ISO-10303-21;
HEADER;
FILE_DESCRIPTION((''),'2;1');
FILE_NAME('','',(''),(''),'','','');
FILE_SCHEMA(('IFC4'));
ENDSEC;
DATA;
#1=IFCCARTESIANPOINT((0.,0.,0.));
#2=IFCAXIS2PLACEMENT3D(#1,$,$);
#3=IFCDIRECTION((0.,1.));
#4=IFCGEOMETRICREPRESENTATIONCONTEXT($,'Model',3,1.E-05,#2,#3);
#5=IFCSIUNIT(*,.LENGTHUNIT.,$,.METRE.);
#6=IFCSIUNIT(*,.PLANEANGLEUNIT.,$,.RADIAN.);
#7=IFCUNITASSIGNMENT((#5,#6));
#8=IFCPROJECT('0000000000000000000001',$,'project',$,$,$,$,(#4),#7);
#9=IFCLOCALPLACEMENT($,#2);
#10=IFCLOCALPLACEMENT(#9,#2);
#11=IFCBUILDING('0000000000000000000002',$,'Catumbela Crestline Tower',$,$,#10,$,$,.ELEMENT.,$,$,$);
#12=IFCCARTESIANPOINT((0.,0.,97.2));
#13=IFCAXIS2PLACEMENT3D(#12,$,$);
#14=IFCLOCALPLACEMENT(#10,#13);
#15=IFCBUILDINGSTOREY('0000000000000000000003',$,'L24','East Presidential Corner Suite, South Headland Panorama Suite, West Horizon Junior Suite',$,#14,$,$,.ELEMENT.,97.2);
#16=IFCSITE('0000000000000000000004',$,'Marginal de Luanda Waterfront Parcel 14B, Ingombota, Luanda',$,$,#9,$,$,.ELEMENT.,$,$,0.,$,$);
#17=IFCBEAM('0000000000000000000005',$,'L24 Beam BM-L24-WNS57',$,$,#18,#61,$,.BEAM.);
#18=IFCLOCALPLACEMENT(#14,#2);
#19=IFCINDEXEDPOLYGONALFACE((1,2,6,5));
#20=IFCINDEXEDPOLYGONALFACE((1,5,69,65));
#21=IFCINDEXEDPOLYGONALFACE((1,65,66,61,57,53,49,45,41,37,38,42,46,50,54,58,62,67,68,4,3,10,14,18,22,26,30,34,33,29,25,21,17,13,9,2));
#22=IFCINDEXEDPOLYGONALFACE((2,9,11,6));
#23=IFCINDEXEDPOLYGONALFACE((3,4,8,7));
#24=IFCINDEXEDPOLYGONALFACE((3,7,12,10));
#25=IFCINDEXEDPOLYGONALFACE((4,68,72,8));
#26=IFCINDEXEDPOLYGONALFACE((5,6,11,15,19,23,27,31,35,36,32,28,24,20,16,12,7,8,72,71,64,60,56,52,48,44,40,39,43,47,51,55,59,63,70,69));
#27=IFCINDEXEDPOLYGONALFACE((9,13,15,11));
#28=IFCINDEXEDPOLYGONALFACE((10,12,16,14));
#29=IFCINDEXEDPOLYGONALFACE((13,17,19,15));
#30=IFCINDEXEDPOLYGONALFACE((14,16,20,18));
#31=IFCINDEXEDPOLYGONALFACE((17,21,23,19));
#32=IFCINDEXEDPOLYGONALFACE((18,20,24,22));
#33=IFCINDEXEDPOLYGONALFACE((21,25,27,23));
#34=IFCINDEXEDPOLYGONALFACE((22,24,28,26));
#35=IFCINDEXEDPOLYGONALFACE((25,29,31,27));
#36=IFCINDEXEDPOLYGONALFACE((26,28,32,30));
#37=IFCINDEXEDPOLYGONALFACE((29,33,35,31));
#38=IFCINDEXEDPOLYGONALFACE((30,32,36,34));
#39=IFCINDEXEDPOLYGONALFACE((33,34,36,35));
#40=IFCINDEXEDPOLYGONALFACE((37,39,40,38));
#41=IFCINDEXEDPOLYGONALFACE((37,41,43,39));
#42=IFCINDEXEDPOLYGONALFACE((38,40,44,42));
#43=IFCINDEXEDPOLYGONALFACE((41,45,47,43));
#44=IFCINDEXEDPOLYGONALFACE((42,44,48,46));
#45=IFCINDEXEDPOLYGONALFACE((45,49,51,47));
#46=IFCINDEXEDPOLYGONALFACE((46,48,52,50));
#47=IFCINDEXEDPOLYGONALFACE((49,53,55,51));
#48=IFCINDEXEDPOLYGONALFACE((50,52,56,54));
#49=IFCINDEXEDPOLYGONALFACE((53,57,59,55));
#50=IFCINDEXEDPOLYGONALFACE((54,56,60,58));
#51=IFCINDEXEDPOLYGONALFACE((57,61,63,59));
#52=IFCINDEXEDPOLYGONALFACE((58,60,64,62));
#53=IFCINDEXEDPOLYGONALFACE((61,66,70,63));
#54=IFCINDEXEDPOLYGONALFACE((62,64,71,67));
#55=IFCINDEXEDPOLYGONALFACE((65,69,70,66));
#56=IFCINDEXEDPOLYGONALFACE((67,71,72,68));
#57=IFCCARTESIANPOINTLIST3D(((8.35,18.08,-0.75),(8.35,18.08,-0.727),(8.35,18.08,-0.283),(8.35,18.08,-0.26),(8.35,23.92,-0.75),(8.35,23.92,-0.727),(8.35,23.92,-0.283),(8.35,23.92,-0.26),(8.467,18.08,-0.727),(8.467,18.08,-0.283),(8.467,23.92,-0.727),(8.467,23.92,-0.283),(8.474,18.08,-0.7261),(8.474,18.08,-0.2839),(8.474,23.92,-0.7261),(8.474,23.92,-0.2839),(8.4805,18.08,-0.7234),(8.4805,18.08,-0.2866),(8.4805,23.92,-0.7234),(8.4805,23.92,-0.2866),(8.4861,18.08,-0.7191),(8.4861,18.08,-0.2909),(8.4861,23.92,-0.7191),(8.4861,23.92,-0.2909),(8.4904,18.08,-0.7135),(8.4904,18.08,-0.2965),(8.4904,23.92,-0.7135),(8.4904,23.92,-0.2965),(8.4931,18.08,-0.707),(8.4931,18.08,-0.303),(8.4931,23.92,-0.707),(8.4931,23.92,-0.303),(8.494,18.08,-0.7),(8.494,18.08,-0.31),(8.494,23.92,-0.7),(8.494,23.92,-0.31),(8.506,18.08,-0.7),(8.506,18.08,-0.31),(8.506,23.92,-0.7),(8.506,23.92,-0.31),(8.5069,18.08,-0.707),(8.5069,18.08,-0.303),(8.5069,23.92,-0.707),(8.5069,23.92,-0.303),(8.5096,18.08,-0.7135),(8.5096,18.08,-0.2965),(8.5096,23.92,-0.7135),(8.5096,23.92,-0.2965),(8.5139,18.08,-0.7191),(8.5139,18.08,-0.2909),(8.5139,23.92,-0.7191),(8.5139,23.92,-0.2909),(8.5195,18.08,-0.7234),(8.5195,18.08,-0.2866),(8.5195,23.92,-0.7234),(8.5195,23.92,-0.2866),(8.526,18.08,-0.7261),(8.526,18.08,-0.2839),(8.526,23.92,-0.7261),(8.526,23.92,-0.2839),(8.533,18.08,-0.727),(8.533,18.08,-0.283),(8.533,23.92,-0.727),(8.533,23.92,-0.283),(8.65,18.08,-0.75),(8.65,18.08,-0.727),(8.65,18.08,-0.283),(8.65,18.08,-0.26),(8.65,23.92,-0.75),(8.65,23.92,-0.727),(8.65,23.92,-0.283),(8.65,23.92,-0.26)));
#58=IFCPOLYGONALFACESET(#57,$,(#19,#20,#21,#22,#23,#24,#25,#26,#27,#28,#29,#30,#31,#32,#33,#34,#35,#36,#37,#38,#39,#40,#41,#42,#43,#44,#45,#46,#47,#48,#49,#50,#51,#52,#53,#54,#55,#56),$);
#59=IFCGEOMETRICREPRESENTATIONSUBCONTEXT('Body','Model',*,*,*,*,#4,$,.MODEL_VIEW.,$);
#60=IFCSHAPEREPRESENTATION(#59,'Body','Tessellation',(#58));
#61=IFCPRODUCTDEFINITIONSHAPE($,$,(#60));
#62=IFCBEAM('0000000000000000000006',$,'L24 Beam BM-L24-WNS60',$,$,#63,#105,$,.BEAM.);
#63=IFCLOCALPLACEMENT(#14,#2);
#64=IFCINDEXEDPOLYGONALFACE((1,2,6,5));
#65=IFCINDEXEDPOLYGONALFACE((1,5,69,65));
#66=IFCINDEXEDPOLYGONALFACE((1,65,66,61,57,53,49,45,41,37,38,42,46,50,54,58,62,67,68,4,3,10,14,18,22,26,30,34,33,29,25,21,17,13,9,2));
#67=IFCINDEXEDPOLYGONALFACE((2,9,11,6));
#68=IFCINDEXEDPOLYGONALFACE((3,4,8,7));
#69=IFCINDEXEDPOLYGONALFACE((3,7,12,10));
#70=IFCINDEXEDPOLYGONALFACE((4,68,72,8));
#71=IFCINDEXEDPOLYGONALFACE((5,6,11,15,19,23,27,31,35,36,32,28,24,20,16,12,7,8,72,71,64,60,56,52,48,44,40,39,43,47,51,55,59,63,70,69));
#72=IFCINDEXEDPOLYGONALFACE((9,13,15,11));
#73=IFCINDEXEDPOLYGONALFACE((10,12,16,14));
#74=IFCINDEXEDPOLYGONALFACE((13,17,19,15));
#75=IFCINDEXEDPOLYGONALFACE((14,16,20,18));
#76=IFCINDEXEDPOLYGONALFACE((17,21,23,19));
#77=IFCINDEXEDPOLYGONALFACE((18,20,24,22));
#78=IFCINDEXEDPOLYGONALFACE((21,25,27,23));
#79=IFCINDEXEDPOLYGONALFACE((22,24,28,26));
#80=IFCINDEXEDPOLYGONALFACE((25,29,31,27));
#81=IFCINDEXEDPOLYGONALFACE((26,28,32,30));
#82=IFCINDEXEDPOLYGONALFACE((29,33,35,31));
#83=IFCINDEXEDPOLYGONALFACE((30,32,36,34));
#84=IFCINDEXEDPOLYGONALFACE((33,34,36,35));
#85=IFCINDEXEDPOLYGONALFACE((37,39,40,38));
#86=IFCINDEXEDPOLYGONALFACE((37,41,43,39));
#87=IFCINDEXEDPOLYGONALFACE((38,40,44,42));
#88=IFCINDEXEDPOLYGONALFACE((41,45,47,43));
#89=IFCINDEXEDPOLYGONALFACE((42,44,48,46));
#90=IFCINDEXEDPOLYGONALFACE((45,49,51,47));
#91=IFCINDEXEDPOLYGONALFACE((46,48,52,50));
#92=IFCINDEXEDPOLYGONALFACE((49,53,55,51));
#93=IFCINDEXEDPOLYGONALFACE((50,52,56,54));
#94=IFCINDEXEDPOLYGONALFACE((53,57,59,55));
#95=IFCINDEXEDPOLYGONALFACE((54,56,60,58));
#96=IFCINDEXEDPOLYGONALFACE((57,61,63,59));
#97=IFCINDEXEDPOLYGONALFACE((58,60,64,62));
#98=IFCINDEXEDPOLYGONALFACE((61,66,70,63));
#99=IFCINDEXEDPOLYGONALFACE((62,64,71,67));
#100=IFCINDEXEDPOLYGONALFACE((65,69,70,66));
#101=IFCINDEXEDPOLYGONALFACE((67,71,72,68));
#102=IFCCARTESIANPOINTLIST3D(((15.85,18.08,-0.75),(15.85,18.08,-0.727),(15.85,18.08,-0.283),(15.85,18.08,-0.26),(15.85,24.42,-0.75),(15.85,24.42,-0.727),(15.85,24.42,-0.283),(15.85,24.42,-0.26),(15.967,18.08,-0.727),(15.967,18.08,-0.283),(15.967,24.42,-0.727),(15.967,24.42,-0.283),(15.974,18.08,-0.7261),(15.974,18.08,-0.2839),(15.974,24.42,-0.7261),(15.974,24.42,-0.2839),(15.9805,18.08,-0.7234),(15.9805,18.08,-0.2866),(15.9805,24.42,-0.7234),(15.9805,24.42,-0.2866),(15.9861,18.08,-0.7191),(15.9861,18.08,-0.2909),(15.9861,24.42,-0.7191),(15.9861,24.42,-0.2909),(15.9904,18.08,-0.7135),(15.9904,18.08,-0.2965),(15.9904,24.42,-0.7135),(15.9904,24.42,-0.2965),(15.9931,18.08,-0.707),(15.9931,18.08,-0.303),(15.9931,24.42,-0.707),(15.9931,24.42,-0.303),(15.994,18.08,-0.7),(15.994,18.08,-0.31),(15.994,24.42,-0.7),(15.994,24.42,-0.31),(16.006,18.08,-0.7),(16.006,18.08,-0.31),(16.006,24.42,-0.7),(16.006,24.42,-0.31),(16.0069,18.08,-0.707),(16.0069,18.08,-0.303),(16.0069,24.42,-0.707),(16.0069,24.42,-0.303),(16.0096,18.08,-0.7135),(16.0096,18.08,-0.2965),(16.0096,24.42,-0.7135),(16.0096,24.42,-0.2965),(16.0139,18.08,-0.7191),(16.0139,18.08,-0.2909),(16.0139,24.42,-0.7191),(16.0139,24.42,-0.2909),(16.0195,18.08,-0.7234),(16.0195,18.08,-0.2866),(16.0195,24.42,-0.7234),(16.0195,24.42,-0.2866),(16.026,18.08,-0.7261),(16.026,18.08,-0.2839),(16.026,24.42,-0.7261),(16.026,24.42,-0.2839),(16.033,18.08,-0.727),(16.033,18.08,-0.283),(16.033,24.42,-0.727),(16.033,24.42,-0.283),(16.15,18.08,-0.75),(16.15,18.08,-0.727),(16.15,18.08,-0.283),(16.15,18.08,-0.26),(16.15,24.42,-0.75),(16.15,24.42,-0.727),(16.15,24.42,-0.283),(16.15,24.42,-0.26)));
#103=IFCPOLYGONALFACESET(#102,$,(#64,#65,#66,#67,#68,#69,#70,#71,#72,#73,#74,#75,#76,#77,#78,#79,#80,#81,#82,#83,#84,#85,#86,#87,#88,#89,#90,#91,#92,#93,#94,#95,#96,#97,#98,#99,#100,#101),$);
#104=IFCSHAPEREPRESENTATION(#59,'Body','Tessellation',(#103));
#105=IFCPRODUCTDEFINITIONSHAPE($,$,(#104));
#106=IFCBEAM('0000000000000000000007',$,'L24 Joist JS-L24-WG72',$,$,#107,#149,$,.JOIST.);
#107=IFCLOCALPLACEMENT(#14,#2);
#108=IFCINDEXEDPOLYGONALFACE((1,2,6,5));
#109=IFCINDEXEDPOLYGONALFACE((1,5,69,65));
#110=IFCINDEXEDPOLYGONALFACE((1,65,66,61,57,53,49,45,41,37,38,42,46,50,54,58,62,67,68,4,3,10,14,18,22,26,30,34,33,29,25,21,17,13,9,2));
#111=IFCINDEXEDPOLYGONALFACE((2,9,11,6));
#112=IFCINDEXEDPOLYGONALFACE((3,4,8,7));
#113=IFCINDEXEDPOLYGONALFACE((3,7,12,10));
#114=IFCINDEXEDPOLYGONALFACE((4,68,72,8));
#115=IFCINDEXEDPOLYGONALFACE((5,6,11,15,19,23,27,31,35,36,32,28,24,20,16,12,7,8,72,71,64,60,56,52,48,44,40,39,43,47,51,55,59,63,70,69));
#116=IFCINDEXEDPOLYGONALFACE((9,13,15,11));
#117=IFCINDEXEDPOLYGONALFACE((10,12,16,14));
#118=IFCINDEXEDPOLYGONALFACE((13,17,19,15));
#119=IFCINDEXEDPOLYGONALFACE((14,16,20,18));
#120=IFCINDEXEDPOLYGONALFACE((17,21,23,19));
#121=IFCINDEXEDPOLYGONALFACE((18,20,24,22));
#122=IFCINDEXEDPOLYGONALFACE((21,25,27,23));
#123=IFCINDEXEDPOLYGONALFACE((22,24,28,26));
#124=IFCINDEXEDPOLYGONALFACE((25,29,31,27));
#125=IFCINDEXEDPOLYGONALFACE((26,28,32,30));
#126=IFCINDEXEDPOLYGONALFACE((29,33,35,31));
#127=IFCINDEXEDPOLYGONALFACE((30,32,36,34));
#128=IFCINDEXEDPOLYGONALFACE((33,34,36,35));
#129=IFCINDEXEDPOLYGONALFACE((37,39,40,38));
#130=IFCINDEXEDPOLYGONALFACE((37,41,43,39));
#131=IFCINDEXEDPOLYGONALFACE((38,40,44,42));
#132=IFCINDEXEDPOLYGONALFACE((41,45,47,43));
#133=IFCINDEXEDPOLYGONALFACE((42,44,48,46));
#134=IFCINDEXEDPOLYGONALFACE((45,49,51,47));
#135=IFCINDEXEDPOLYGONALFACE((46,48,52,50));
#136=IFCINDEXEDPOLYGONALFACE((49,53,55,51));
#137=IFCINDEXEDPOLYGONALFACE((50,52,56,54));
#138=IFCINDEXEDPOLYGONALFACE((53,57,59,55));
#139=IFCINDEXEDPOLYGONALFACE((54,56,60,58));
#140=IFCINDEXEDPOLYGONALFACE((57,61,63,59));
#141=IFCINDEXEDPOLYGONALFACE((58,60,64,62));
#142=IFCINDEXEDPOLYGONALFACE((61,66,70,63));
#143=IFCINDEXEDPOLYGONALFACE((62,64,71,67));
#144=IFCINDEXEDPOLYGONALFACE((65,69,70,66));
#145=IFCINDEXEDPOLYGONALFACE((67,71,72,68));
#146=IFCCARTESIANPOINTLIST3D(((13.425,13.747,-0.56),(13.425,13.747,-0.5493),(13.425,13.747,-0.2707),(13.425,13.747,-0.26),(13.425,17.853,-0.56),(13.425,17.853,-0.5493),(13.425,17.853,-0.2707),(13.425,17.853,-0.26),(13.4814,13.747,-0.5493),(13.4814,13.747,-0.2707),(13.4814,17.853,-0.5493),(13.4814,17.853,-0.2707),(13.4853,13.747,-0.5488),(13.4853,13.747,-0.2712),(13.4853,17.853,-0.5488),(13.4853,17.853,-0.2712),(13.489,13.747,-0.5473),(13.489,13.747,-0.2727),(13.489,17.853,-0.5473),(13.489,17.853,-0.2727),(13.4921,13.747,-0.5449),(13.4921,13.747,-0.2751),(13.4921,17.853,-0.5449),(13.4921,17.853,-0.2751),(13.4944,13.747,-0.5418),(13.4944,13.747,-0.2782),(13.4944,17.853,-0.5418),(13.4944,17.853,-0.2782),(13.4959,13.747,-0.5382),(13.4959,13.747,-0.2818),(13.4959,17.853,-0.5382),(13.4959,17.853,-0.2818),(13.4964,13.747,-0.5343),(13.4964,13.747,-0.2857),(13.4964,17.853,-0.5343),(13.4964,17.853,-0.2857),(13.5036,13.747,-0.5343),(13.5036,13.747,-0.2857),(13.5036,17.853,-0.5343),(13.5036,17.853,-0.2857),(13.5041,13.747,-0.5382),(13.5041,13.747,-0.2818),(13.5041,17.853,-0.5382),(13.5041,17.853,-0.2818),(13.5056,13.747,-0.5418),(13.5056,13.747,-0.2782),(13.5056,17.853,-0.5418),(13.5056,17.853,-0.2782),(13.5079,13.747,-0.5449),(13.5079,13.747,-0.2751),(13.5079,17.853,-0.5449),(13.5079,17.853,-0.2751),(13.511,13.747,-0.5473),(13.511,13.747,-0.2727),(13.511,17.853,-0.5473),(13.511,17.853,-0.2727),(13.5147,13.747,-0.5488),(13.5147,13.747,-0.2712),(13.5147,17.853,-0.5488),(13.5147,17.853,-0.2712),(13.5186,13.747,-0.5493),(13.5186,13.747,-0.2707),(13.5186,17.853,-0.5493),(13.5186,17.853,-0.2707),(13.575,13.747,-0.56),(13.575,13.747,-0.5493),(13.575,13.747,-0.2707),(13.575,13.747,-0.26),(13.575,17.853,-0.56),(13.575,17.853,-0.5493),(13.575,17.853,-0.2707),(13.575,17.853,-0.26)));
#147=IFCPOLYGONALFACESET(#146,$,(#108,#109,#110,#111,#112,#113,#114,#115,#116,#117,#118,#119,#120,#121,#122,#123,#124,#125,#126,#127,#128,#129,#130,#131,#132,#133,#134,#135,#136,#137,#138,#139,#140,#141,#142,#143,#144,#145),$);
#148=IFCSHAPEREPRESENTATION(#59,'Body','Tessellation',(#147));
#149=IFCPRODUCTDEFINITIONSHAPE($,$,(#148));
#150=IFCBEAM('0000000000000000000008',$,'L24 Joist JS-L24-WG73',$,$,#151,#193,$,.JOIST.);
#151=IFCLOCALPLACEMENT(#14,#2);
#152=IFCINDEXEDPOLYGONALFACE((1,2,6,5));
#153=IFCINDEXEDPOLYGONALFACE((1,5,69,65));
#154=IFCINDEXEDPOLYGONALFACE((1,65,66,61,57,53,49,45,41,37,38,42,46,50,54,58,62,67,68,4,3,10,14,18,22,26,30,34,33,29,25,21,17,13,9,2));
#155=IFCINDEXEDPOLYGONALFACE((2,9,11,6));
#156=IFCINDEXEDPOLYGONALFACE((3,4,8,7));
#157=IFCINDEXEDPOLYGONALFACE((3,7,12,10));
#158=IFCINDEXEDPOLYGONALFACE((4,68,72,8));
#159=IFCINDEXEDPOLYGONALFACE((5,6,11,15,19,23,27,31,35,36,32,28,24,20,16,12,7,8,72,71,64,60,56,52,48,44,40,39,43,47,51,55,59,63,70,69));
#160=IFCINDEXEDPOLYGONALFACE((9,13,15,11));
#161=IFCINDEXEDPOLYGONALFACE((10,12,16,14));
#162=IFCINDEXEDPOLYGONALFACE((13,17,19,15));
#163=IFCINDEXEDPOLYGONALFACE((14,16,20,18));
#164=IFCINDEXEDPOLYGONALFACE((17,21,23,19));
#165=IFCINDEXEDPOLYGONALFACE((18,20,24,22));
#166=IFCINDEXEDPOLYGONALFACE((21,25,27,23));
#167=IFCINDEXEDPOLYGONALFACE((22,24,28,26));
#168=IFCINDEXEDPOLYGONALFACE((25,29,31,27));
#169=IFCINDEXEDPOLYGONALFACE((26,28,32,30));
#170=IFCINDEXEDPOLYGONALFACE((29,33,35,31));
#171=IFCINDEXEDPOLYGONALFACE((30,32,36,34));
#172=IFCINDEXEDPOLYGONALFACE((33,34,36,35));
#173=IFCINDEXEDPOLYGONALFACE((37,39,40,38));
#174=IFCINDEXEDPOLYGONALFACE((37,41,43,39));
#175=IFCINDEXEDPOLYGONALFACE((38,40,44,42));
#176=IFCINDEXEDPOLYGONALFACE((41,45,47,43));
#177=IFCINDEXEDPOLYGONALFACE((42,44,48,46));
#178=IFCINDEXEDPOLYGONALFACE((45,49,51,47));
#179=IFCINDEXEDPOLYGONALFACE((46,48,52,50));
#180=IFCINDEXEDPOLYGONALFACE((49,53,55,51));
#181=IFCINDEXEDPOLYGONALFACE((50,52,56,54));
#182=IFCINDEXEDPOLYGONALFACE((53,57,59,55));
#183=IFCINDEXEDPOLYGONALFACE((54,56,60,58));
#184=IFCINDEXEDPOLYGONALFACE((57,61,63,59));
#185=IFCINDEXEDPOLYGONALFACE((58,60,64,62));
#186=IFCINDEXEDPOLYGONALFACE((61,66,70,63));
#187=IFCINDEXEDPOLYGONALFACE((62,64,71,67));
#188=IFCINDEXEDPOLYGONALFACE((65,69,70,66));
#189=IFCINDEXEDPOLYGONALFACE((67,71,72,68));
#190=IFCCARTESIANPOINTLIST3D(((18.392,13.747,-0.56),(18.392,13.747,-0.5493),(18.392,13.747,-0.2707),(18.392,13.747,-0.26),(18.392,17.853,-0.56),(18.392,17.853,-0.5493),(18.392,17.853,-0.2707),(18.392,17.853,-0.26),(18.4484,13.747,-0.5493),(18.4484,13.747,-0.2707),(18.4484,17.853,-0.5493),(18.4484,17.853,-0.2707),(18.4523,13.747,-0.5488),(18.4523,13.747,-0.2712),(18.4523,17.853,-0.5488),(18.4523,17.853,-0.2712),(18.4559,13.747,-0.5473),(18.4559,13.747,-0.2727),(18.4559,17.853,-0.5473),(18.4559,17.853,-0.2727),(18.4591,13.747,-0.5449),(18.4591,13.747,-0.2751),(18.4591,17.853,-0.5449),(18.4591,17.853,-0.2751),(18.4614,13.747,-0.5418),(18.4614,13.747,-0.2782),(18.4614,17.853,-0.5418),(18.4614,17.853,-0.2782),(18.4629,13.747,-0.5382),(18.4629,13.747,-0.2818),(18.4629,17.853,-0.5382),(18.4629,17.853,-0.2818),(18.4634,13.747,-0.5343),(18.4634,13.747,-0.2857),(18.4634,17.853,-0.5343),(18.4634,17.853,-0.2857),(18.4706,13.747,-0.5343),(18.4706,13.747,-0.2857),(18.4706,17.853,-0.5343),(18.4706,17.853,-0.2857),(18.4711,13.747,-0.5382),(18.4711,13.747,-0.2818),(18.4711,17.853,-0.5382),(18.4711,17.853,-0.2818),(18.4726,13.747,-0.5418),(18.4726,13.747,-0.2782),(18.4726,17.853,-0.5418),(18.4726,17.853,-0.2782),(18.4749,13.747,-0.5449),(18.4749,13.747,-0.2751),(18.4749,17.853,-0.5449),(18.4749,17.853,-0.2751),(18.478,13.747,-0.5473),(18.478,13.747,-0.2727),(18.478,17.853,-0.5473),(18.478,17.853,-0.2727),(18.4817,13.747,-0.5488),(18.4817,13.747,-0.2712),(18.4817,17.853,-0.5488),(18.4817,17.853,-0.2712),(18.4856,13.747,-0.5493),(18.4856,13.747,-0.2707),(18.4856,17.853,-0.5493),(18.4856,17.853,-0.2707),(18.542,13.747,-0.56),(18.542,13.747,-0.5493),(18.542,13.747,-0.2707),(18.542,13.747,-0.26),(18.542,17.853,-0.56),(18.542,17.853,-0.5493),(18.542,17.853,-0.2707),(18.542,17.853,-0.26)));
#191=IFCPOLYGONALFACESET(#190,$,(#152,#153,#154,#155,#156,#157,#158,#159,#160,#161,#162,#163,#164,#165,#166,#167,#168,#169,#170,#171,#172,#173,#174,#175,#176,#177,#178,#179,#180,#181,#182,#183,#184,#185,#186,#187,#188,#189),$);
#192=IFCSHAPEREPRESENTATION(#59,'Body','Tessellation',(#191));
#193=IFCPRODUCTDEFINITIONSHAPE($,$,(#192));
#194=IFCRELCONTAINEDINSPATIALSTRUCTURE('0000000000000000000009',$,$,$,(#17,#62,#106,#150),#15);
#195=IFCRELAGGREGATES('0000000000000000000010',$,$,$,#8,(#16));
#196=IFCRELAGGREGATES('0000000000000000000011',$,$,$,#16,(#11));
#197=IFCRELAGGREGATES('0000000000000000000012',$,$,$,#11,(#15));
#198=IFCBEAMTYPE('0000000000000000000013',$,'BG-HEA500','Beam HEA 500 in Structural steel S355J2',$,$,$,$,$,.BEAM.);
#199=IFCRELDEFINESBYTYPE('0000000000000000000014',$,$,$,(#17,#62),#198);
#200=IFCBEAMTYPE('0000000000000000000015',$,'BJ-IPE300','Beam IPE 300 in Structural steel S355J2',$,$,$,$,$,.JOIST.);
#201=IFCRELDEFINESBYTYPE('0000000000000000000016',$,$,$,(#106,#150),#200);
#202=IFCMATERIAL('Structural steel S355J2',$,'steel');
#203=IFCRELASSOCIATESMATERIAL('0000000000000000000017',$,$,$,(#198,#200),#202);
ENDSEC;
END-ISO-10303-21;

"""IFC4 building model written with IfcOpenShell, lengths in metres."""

from ifc_helpers import new_model, si_unit, direction, frame, origin, origin_2d, place, context, subcontext, project, spatial, i_section, extrude, material, material_profile, profile_set, type_object, element, save


model = new_model("IFC4")

# Units and contexts
model_context = context("Model", 3, precision=1e-05, world=origin(), true_north=direction((0.0, 1.0)))
body_context = subcontext(model_context, "Body", "Model", "MODEL_VIEW")
ifc_project = project(units=[si_unit("LENGTHUNIT", "METRE"), si_unit("PLANEANGLEUNIT", "RADIAN")], contexts=[model_context])

# Site, building, storey
site_placement = place(None, origin())
site = spatial("IfcSite", under=ifc_project, at=site_placement, Name="Marginal de Luanda Waterfront Parcel 14B, Ingombota, Luanda", CompositionType="ELEMENT", RefElevation=0.0)
building_placement = place(site_placement, origin())
building = spatial("IfcBuilding", under=site, at=building_placement, Name="Catumbela Crestline Tower", CompositionType="ELEMENT")
storey_placement = place(building_placement, frame((0.0, 0.0, 97.2)))
storey = spatial("IfcBuildingStorey", under=building, at=storey_placement, Name="L24", Description="East Presidential Corner Suite, South Headland Panorama Suite, West Horizon Junior Suite", CompositionType="ELEMENT", Elevation=97.2)

# Beams
ifc_material_1 = material(Name="Structural steel S355J2", Category="steel")
ifc_material_profile_1 = material_profile(ifc_material_1, i_section(OverallWidth=0.3, OverallDepth=0.49, WebThickness=0.012, FlangeThickness=0.023, FilletRadius=0.027, at=origin_2d()), Name="HEA 500")
ifc_profile_set_1 = profile_set([ifc_material_profile_1], Name="Structural steel S355J2")
beam_type_1 = type_object("IfcBeamType", Name="BG-HEA500", Description="Beam HEA 500 in Structural steel S355J2", PredefinedType="BEAM", material=ifc_profile_set_1)
beam_1_placement = place(storey_placement, frame((8.5, 18.08, -0.505), z_axis=(0.0, 1.0, 0.0), x_axis=(-1.0, 0.0, 0.0)))
element("IfcBeam", 1, at=beam_1_placement, inside=storey, type_object=beam_type_1, Name="L24 Beam BM-L24-WNS57", PredefinedType="BEAM", context=body_context, shape_type="SweptSolid", body=[
    extrude(i_section(OverallWidth=0.3, OverallDepth=0.49, WebThickness=0.012, FlangeThickness=0.023, FilletRadius=0.027, at=origin_2d()), origin(), (0.0, 0.0, 1.0), 5.84),
])
beam_2_placement = place(storey_placement, frame((16.0, 18.08, -0.505), z_axis=(0.0, 1.0, 0.0), x_axis=(-1.0, 0.0, 0.0)))
element("IfcBeam", 2, at=beam_2_placement, inside=storey, type_object=beam_type_1, Name="L24 Beam BM-L24-WNS60", PredefinedType="BEAM", context=body_context, shape_type="SweptSolid", body=[
    extrude(i_section(OverallWidth=0.3, OverallDepth=0.49, WebThickness=0.012, FlangeThickness=0.023, FilletRadius=0.027, at=origin_2d()), origin(), (0.0, 0.0, 1.0), 6.34),
])
ifc_material_profile_2 = material_profile(ifc_material_1, i_section(OverallWidth=0.15, OverallDepth=0.3, WebThickness=0.0071, FlangeThickness=0.0107, FilletRadius=0.015, at=origin_2d()), Name="IPE 300")
ifc_profile_set_2 = profile_set([ifc_material_profile_2], Name="Structural steel S355J2")
beam_type_2 = type_object("IfcBeamType", Name="BJ-IPE300", Description="Beam IPE 300 in Structural steel S355J2", PredefinedType="JOIST", material=ifc_profile_set_2)
for number, where, z_axis, x_axis, name in (
    (3, (13.5, 13.747, -0.41), (0.0, 1.0, 0.0), (-1.0, 0.0, 0.0), "L24 Joist JS-L24-WG72"),
    (4, (18.467, 13.747, -0.41), (0.0, 1.0, 0.0), (-1.0, 0.0, 0.0), "L24 Joist JS-L24-WG73"),
):
    element("IfcBeam", number, at=place(storey_placement, frame(where, z_axis=z_axis, x_axis=x_axis)), inside=storey, type_object=beam_type_2, Name=name, PredefinedType="JOIST", context=body_context, shape_type="SweptSolid", body=[
        extrude(i_section(OverallWidth=0.15, OverallDepth=0.3, WebThickness=0.0071, FlangeThickness=0.0107, FilletRadius=0.015, at=origin_2d()), origin(), (0.0, 0.0, 1.0), 4.106),
    ])

save(model, "model.ifc")
